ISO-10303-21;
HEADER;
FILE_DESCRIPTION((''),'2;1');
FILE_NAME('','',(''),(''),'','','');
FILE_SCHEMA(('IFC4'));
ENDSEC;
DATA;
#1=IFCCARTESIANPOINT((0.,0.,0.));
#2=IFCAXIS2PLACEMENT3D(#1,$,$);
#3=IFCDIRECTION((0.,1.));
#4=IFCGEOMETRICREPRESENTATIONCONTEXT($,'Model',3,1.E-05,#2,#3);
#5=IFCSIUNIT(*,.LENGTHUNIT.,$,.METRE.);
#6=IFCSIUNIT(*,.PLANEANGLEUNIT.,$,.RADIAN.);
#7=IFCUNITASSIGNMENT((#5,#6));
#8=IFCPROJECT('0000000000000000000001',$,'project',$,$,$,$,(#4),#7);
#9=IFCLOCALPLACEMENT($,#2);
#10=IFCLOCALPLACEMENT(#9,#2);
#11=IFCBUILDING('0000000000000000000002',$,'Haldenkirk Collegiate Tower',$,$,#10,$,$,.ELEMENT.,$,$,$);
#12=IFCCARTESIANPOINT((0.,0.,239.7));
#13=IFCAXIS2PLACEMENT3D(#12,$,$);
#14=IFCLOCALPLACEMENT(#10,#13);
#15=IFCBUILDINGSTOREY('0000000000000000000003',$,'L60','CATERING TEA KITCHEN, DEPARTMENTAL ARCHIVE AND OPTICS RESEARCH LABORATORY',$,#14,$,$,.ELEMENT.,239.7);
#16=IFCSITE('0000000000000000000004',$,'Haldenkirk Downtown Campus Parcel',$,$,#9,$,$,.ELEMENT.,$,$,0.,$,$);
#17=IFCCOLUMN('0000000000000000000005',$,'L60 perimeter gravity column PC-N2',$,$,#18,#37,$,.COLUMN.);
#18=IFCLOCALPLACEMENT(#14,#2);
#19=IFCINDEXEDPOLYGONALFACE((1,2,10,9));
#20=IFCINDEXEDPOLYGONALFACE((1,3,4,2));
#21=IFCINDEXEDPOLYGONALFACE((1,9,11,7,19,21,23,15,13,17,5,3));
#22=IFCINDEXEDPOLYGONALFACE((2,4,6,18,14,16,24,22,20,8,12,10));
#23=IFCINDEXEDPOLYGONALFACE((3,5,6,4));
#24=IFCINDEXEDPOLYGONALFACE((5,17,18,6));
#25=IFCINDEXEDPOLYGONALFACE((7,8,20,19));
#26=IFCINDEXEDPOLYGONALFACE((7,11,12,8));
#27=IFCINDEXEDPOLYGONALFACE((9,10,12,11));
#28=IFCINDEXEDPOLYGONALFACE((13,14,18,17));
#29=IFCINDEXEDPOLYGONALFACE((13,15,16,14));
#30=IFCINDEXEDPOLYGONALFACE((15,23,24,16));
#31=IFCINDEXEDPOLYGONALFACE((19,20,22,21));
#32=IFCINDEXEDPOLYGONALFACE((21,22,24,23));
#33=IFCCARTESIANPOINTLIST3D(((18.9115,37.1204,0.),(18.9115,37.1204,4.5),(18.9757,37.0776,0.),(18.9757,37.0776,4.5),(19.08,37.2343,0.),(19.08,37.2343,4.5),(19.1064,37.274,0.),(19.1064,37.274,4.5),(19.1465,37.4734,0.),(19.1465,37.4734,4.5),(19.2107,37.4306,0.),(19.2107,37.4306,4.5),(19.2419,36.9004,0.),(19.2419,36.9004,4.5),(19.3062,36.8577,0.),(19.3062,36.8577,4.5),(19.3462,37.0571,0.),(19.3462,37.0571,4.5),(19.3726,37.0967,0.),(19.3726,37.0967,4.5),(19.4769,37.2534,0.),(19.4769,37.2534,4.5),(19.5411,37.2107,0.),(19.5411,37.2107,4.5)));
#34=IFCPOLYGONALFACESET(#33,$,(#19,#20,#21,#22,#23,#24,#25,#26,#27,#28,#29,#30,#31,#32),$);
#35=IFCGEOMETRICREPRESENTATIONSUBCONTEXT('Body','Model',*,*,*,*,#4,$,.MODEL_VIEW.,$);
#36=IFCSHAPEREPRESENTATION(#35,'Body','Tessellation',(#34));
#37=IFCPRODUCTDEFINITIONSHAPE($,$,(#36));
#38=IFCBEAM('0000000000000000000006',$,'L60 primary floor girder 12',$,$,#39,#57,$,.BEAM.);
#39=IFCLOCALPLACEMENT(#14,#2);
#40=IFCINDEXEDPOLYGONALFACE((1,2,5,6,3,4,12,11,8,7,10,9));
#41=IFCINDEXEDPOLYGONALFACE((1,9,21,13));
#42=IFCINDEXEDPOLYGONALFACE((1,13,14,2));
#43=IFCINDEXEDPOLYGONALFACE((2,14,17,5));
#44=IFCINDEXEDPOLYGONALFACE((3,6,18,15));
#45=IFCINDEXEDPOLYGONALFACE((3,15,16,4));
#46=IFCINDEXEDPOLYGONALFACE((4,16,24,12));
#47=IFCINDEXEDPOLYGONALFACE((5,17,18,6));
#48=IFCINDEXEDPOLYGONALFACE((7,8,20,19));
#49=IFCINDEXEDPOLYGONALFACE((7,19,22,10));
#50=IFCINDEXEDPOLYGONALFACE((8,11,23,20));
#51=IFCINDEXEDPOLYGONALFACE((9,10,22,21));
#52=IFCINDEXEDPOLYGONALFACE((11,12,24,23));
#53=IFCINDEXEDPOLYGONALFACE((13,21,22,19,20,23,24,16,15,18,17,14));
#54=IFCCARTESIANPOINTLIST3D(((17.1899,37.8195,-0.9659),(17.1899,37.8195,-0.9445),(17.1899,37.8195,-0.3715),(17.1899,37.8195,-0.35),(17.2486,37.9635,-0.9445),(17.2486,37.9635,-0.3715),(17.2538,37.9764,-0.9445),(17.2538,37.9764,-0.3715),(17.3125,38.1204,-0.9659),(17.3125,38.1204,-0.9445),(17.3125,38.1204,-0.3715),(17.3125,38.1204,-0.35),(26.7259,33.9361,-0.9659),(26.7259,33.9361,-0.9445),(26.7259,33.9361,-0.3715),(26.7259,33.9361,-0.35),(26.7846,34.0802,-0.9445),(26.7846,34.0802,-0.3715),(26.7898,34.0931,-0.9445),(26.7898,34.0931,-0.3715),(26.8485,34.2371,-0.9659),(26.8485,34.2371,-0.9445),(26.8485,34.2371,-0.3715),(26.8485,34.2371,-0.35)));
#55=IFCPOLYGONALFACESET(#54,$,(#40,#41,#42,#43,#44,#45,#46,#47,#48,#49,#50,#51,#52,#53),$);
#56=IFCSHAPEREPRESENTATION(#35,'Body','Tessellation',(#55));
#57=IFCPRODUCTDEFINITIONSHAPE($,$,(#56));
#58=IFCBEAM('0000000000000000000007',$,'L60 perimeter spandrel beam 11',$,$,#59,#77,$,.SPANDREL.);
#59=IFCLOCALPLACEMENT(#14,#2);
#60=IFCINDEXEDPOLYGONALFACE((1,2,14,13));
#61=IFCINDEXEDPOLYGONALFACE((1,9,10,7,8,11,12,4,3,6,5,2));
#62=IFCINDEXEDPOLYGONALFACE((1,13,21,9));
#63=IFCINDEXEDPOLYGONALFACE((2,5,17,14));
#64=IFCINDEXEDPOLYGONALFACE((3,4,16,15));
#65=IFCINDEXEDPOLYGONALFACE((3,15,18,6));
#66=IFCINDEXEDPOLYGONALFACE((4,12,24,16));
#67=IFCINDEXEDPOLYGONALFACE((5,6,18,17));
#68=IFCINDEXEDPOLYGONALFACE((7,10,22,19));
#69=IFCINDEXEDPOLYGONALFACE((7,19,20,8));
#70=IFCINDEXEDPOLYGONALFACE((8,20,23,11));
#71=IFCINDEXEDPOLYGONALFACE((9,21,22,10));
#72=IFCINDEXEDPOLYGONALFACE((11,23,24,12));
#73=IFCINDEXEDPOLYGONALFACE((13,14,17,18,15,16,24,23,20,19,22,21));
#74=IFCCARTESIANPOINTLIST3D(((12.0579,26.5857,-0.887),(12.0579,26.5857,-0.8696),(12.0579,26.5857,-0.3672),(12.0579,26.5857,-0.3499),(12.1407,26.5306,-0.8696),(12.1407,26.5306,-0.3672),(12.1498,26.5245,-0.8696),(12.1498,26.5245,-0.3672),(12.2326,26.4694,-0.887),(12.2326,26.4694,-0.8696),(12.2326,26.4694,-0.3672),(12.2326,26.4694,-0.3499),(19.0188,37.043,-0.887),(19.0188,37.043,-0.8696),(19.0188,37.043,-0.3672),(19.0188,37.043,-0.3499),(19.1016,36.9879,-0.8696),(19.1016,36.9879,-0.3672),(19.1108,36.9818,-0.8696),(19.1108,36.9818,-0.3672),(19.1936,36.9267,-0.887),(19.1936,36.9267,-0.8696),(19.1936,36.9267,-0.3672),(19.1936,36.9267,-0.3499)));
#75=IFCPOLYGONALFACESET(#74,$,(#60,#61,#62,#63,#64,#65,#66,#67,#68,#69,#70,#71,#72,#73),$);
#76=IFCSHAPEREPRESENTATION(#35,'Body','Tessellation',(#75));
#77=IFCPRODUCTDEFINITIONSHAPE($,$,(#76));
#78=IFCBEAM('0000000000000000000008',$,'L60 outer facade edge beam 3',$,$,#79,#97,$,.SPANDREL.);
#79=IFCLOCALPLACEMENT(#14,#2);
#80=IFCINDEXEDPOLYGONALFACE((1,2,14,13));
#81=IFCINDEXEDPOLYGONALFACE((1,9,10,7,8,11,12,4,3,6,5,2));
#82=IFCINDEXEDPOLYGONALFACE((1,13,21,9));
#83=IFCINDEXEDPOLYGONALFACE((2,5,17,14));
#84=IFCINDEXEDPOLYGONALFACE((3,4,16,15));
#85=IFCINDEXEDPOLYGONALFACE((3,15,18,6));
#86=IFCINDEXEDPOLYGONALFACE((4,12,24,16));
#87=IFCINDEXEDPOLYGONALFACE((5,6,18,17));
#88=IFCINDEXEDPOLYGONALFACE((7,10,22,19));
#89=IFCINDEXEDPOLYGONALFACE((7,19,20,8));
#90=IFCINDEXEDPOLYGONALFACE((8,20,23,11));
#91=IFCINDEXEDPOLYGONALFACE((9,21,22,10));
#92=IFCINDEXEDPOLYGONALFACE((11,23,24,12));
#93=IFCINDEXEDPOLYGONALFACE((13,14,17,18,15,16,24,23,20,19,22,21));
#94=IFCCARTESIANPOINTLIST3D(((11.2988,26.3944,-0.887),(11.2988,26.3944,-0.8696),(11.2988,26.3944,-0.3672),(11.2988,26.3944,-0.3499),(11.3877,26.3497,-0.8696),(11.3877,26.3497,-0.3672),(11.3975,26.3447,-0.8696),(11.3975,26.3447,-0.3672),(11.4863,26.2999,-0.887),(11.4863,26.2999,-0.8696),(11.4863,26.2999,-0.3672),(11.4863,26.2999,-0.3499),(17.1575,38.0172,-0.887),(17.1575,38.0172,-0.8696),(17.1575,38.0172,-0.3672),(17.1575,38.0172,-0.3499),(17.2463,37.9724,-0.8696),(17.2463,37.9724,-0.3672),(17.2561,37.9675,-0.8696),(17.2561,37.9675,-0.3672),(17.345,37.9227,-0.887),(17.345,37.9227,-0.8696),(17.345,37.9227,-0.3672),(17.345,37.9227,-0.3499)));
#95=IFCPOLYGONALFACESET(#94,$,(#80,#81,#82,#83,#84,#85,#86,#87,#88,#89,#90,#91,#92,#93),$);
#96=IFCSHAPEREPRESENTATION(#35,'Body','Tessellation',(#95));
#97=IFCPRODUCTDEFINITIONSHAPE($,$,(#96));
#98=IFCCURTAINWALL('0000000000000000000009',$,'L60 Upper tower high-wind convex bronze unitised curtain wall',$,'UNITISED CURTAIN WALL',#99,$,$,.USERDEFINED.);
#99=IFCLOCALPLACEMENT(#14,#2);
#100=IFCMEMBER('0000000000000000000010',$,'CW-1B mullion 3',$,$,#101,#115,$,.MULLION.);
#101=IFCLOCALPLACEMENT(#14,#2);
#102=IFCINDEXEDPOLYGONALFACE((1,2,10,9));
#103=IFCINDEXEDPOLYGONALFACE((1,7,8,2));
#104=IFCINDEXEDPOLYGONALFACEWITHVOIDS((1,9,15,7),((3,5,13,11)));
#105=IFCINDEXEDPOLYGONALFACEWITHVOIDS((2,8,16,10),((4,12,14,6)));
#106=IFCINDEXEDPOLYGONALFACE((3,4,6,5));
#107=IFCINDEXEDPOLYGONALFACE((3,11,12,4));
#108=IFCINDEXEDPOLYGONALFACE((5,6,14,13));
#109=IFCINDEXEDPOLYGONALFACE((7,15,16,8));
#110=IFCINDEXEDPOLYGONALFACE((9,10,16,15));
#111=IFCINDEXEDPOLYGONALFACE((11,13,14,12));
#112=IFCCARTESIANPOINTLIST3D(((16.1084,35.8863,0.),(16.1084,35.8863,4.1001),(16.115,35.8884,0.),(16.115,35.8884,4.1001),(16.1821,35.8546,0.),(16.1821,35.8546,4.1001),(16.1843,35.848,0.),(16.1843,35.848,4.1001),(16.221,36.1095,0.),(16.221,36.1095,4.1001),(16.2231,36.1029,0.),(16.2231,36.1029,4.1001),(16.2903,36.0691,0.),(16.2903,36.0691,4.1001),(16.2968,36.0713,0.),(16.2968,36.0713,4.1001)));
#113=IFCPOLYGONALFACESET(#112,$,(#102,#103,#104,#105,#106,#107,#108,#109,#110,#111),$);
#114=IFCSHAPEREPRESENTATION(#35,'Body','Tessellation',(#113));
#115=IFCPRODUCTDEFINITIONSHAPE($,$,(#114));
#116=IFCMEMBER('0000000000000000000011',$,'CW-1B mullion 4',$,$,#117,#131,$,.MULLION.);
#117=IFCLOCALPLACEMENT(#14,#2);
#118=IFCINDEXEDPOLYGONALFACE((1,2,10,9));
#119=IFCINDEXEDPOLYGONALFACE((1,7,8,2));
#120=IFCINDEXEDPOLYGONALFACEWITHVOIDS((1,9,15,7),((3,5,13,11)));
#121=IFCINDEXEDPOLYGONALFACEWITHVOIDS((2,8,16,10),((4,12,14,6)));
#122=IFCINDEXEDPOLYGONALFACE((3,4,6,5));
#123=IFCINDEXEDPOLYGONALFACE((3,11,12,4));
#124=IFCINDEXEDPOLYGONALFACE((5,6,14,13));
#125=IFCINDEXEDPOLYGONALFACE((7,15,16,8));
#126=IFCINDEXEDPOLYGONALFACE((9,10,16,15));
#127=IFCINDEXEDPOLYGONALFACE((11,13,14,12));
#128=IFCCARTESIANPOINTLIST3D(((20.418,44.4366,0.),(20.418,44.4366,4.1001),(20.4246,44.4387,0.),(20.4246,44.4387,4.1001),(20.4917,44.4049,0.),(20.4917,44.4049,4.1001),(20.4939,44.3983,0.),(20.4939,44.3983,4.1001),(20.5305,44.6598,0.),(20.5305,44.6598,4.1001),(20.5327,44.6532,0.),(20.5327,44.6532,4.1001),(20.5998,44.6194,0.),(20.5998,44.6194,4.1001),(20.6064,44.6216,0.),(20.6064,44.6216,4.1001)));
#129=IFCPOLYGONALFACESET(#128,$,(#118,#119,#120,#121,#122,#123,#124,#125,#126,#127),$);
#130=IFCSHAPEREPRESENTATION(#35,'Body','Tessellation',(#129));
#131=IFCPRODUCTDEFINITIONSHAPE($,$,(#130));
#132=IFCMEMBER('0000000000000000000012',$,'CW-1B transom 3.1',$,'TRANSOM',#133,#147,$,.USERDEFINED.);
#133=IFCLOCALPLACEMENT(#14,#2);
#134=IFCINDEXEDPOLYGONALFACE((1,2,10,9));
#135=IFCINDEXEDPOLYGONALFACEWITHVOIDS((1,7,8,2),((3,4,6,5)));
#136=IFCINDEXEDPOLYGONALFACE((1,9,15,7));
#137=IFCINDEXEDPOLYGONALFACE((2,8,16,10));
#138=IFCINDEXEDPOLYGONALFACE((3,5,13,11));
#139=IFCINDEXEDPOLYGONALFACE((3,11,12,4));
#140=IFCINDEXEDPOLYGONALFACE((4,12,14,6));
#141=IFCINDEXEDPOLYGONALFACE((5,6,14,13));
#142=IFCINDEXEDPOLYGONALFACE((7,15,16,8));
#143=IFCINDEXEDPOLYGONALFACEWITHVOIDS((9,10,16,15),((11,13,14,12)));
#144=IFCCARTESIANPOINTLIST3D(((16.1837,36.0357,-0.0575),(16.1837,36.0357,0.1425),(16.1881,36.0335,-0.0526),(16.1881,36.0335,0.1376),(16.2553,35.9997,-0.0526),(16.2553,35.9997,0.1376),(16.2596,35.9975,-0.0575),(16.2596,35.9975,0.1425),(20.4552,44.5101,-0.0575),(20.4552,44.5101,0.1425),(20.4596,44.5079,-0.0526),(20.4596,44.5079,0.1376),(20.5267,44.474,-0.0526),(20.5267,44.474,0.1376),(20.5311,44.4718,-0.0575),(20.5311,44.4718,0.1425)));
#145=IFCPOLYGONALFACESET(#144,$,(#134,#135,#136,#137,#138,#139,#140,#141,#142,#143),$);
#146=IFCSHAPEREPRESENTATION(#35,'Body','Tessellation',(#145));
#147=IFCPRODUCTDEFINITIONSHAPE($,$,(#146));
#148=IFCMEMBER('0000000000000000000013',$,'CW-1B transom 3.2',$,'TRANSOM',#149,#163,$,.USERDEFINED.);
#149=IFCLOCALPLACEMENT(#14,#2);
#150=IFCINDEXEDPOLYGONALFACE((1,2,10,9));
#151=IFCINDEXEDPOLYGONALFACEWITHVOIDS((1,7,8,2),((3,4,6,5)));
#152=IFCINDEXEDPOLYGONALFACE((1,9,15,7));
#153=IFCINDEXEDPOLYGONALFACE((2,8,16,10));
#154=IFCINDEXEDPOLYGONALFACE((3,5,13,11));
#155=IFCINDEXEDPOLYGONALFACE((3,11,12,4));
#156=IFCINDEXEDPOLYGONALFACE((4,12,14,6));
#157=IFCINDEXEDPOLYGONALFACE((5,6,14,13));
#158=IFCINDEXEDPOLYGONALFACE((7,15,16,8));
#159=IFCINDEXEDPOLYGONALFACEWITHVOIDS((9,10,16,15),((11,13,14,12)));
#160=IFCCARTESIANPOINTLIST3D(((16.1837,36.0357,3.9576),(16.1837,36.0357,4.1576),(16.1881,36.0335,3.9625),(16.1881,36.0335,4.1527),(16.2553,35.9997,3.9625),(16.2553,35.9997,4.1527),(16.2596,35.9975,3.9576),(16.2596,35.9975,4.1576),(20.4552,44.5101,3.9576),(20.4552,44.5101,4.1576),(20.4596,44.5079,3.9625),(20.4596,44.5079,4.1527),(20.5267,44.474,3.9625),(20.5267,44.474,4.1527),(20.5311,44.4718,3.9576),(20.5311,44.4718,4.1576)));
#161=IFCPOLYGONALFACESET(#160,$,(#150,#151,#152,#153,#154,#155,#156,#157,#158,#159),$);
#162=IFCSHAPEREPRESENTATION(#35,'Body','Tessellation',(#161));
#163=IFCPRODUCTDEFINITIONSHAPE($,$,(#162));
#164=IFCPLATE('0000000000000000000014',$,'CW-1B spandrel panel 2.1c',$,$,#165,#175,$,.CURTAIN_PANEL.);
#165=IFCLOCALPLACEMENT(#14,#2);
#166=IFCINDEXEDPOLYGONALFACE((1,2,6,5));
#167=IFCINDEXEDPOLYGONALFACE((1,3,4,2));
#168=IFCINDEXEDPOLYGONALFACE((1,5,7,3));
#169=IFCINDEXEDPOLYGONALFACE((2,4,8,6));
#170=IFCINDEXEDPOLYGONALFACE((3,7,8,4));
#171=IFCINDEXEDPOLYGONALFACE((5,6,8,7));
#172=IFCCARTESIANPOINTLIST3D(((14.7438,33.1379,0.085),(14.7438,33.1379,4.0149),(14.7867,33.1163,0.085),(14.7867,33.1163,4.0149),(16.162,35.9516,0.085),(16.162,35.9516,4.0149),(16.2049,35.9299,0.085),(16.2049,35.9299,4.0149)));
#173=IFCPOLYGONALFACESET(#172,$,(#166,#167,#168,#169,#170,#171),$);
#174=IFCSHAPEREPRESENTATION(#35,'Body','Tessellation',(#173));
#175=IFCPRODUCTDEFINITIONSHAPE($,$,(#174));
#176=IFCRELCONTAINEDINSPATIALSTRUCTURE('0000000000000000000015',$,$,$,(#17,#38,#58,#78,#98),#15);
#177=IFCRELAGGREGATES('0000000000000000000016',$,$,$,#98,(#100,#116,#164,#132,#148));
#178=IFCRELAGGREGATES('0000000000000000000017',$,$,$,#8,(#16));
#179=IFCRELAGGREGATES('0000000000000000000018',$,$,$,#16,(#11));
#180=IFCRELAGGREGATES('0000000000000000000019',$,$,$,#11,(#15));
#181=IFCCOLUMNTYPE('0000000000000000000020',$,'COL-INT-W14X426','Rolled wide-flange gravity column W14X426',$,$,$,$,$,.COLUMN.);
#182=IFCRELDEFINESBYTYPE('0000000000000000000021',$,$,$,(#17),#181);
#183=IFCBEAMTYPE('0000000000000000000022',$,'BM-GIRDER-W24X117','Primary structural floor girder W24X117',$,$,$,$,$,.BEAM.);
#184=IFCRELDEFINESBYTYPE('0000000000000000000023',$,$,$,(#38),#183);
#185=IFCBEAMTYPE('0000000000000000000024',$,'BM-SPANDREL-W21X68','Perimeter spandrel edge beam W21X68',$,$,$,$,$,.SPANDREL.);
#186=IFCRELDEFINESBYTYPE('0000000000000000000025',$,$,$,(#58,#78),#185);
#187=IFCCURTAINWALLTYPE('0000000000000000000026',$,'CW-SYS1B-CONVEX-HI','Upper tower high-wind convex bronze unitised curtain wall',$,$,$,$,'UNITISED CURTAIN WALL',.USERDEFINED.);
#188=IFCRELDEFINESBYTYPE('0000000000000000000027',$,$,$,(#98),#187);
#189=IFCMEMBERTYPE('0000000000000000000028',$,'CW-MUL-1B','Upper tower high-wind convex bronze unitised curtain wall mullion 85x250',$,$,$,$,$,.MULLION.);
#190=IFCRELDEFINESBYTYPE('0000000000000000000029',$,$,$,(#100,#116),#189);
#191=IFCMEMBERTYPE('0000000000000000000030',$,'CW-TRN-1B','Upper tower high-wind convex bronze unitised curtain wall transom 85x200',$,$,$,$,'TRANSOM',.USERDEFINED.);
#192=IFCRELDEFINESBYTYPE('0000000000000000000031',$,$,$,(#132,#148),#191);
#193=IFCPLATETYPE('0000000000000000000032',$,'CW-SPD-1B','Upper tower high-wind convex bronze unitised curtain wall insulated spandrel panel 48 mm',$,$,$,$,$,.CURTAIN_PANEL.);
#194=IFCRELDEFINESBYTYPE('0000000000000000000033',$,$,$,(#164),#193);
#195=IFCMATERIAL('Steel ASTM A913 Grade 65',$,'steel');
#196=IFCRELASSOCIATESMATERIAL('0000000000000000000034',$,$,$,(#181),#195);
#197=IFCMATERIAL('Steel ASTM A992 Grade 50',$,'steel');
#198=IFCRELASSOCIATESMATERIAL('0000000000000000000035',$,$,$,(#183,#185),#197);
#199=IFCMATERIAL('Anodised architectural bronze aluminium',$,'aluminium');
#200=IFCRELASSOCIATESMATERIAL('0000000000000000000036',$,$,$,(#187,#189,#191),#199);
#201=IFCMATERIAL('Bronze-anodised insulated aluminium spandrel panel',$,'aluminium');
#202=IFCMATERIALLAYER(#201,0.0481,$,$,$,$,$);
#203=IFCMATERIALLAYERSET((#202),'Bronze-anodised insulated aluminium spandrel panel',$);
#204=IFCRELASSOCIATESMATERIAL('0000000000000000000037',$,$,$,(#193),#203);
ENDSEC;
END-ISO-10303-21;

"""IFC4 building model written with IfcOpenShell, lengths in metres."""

from ifc_helpers import new_model, si_unit, direction, frame, origin, origin_2d, place, context, subcontext, project, spatial, rectangle, hollow_rectangle, i_section, extrude, source, transform, mapped, material, layer, layer_set, material_profile, profile_set, type_object, element, aggregate, save


model = new_model("IFC4")

# Units and contexts
model_context = context("Model", 3, precision=1e-05, world=origin(), true_north=direction((0.0, 1.0)))
body_context = subcontext(model_context, "Body", "Model", "MODEL_VIEW")
ifc_project = project(units=[si_unit("LENGTHUNIT", "METRE"), si_unit("PLANEANGLEUNIT", "RADIAN")], contexts=[model_context])

# Site, building, storey
site_placement = place(None, origin())
site = spatial("IfcSite", under=ifc_project, at=site_placement, Name="Haldenkirk Downtown Campus Parcel", CompositionType="ELEMENT", RefElevation=0.0)
building_placement = place(site_placement, origin())
building = spatial("IfcBuilding", under=site, at=building_placement, Name="Haldenkirk Collegiate Tower", CompositionType="ELEMENT")
storey_placement = place(building_placement, frame((0.0, 0.0, 239.7)))
storey = spatial("IfcBuildingStorey", under=building, at=storey_placement, Name="L60", Description="CATERING TEA KITCHEN, DEPARTMENTAL ARCHIVE AND OPTICS RESEARCH LABORATORY", CompositionType="ELEMENT", Elevation=239.7)

# Column
ifc_material_1 = material(Name="Steel ASTM A913 Grade 65", Category="steel")
ifc_material_profile_1 = material_profile(ifc_material_1, i_section(OverallWidth=0.4241, OverallDepth=0.4741, WebThickness=0.0476, FlangeThickness=0.0771, at=origin_2d()), Name="W14X426")
ifc_profile_set_1 = profile_set([ifc_material_profile_1], Name="Steel ASTM A913 Grade 65")
column_type = type_object("IfcColumnType", Name="COL-INT-W14X426", Description="Rolled wide-flange gravity column W14X426", PredefinedType="COLUMN", material=ifc_profile_set_1)
column_placement = place(storey_placement, frame((19.2263, 37.1655, 0.0), z_axis=(0.0, 0.0, 1.0), x_axis=(0.554118, 0.832438, 0.0)))
element("IfcColumn", 1, at=column_placement, inside=storey, type_object=column_type, Name="L60 perimeter gravity column PC-N2", PredefinedType="COLUMN", context=body_context, shape_type="SweptSolid", body=[
    extrude(i_section(OverallWidth=0.4241, OverallDepth=0.4741, WebThickness=0.0476, FlangeThickness=0.0771, at=origin_2d()), origin(), (0.0, 0.0, 1.0), 4.5),
])

# Beams
ifc_material_2 = material(Name="Steel ASTM A992 Grade 50", Category="steel")
ifc_material_profile_2 = material_profile(ifc_material_2, i_section(OverallWidth=0.325, OverallDepth=0.616, WebThickness=0.0139, FlangeThickness=0.0215, at=origin_2d()), Name="W24X117")
ifc_profile_set_2 = profile_set([ifc_material_profile_2], Name="Steel ASTM A992 Grade 50")
beam_type_1 = type_object("IfcBeamType", Name="BM-GIRDER-W24X117", Description="Primary structural floor girder W24X117", PredefinedType="BEAM", material=ifc_profile_set_2)
beam_1_placement = place(storey_placement, frame((17.2512, 37.97, -0.658), z_axis=(0.92615, -0.377156, 0.0), x_axis=(0.377156, 0.92615, 0.0)))
element("IfcBeam", 2, at=beam_1_placement, inside=storey, type_object=beam_type_1, Name="L60 primary floor girder 12", PredefinedType="BEAM", context=body_context, shape_type="SweptSolid", body=[
    extrude(i_section(OverallWidth=0.325, OverallDepth=0.616, WebThickness=0.0139, FlangeThickness=0.0215, at=origin_2d()), origin(), (0.0, 0.0, 1.0), 10.2964),
])
ifc_material_profile_3 = material_profile(ifc_material_2, i_section(OverallWidth=0.21, OverallDepth=0.5371, WebThickness=0.011, FlangeThickness=0.0173, at=origin_2d()), Name="W21X68")
ifc_profile_set_3 = profile_set([ifc_material_profile_3], Name="Steel ASTM A992 Grade 50")
beam_type_2 = type_object("IfcBeamType", Name="BM-SPANDREL-W21X68", Description="Perimeter spandrel edge beam W21X68", PredefinedType="SPANDREL", material=ifc_profile_set_3)
beam_2_placement = place(storey_placement, frame((19.1062, 36.9849, -0.6184), z_axis=(-0.554117, -0.832439, 0.0), x_axis=(0.832439, -0.554117, 0.0)))
element("IfcBeam", 3, at=beam_2_placement, inside=storey, type_object=beam_type_2, Name="L60 perimeter spandrel beam 11", PredefinedType="SPANDREL", context=body_context, shape_type="SweptSolid", body=[
    extrude(i_section(OverallWidth=0.21, OverallDepth=0.5371, WebThickness=0.011, FlangeThickness=0.0173, at=origin_2d()), origin(), (0.0, 0.0, 1.0), 12.5623),
])
beam_3_placement = place(storey_placement, frame((17.2512, 37.97, -0.6184), z_axis=(-0.450115, -0.892971, 0.0), x_axis=(0.892971, -0.450115, 0.0)))
element("IfcBeam", 4, at=beam_3_placement, inside=storey, type_object=beam_type_2, Name="L60 outer facade edge beam 3", PredefinedType="SPANDREL", context=body_context, shape_type="SweptSolid", body=[
    extrude(i_section(OverallWidth=0.21, OverallDepth=0.5371, WebThickness=0.011, FlangeThickness=0.0173, at=origin_2d()), origin(), (0.0, 0.0, 1.0), 13.0159),
])

# Curtain wall, members, plate
ifc_material_3 = material(Name="Anodised architectural bronze aluminium", Category="aluminium")
curtain_wall_type = type_object("IfcCurtainWallType", Name="CW-SYS1B-CONVEX-HI", Description="Upper tower high-wind convex bronze unitised curtain wall", ElementType="UNITISED CURTAIN WALL", PredefinedType="USERDEFINED", material=ifc_material_3)
curtain_wall_placement = place(storey_placement, origin())
curtain_wall = element("IfcCurtainWall", 5, at=curtain_wall_placement, inside=storey, type_object=curtain_wall_type, Name="L60 Upper tower high-wind convex bronze unitised curtain wall", ObjectType="UNITISED CURTAIN WALL", PredefinedType="USERDEFINED")
ifc_material_profile_4 = material_profile(ifc_material_3, hollow_rectangle(XDim=0.085, YDim=0.25, WallThickness=0.0049, at=origin_2d()), Name="CW-MUL-1B")
ifc_profile_set_4 = profile_set([ifc_material_profile_4], Name="Anodised architectural bronze aluminium")
member_type_1 = type_object("IfcMemberType", Name="CW-MUL-1B", Description="Upper tower high-wind convex bronze unitised curtain wall mullion 85x250", PredefinedType="MULLION", material=ifc_profile_set_4)
member_1_placement = place(storey_placement, frame((16.2026, 35.9788, 0.0), z_axis=(0.0, 0.0, 1.0), x_axis=(-0.892978, 0.4501, 0.0)))
member_1 = element("IfcMember", 6, at=member_1_placement, type_object=member_type_1, Name="CW-1B mullion 3", PredefinedType="MULLION", context=body_context, shape_type="SweptSolid", body=[
    extrude(hollow_rectangle(XDim=0.085, YDim=0.25, WallThickness=0.0049, at=origin_2d()), origin(), (0.0, 0.0, 1.0), 4.1001),
])
member_2_placement = place(storey_placement, frame((20.5122, 44.5291, 0.0), z_axis=(0.0, 0.0, 1.0), x_axis=(-0.892978, 0.4501, 0.0)))
member_2 = element("IfcMember", 7, at=member_2_placement, type_object=member_type_1, Name="CW-1B mullion 4", PredefinedType="MULLION", context=body_context, shape_type="SweptSolid", body=[
    extrude(hollow_rectangle(XDim=0.085, YDim=0.25, WallThickness=0.0049, at=origin_2d()), origin(), (0.0, 0.0, 1.0), 4.1001),
])
ifc_material_profile_5 = material_profile(ifc_material_3, hollow_rectangle(XDim=0.085, YDim=0.2, WallThickness=0.0049, at=origin_2d()), Name="CW-TRN-1B")
ifc_profile_set_5 = profile_set([ifc_material_profile_5], Name="Anodised architectural bronze aluminium")
member_type_2 = type_object("IfcMemberType", Name="CW-TRN-1B", Description="Upper tower high-wind convex bronze unitised curtain wall transom 85x200", ElementType="TRANSOM", PredefinedType="USERDEFINED", material=ifc_profile_set_5)
member_3_placement = place(storey_placement, frame((16.2217, 36.0166, 0.0425), z_axis=(0.450103, 0.892977, 0.0), x_axis=(-0.892977, 0.450103, 0.0)))
member_3 = element("IfcMember", 8, at=member_3_placement, type_object=member_type_2, Name="CW-1B transom 3.1", ObjectType="TRANSOM", PredefinedType="USERDEFINED", context=body_context, shape_type="SweptSolid", body=[
    extrude(hollow_rectangle(XDim=0.085, YDim=0.2, WallThickness=0.0049, at=origin_2d()), origin(), (0.0, 0.0, 1.0), 9.49),
])
member_4_placement = place(storey_placement, frame((16.2217, 36.0166, 4.0576), z_axis=(0.450103, 0.892977, 0.0), x_axis=(-0.892977, 0.450103, 0.0)))
member_4 = element("IfcMember", 9, at=member_4_placement, type_object=member_type_2, Name="CW-1B transom 3.2", ObjectType="TRANSOM", PredefinedType="USERDEFINED", context=body_context, shape_type="SweptSolid", body=[
    extrude(hollow_rectangle(XDim=0.085, YDim=0.2, WallThickness=0.0049, at=origin_2d()), origin(), (0.0, 0.0, 1.0), 9.49),
])
ifc_material_4 = material(Name="Bronze-anodised insulated aluminium spandrel panel", Category="aluminium")
ifc_layer_1 = layer(ifc_material_4, 0.0481)
ifc_layer_set_1 = layer_set([ifc_layer_1], Name="Bronze-anodised insulated aluminium spandrel panel")
plate_type_1 = type_object("IfcPlateType", Name="CW-SPD-1B", Description="Upper tower high-wind convex bronze unitised curtain wall insulated spandrel panel 48 mm", PredefinedType="CURTAIN_PANEL", material=ifc_layer_set_1)
shared_shape_1 = source(origin(), body_context, "Body", "SweptSolid", [
    extrude(rectangle(XDim=3.1509, YDim=0.0481, at=origin_2d()), origin(), (0.0, 0.0, 1.0), 3.9299),
])
plate_1_placement = place(storey_placement, frame((15.4744, 34.5339, 0.085), z_axis=(0.0, 0.0, 1.0), x_axis=(0.4501, 0.892978, 0.0)))
plate_1 = element("IfcPlate", 10, at=plate_1_placement, type_object=plate_type_1, Name="CW-1B spandrel panel 2.1c", PredefinedType="CURTAIN_PANEL", context=body_context, shape_type="MappedRepresentation", body=[
    mapped(shared_shape_1, transform((0.0, 0.0, 0.0), x_axis=(1.0, 0.0, 0.0), y_axis=(0.0, 1.0, 0.0), z_axis=(0.0, 0.0, 1.0), scale=1.0)),
])
aggregate(curtain_wall, [member_1, member_2, plate_1, member_3, member_4])

save(model, "model.ifc")
